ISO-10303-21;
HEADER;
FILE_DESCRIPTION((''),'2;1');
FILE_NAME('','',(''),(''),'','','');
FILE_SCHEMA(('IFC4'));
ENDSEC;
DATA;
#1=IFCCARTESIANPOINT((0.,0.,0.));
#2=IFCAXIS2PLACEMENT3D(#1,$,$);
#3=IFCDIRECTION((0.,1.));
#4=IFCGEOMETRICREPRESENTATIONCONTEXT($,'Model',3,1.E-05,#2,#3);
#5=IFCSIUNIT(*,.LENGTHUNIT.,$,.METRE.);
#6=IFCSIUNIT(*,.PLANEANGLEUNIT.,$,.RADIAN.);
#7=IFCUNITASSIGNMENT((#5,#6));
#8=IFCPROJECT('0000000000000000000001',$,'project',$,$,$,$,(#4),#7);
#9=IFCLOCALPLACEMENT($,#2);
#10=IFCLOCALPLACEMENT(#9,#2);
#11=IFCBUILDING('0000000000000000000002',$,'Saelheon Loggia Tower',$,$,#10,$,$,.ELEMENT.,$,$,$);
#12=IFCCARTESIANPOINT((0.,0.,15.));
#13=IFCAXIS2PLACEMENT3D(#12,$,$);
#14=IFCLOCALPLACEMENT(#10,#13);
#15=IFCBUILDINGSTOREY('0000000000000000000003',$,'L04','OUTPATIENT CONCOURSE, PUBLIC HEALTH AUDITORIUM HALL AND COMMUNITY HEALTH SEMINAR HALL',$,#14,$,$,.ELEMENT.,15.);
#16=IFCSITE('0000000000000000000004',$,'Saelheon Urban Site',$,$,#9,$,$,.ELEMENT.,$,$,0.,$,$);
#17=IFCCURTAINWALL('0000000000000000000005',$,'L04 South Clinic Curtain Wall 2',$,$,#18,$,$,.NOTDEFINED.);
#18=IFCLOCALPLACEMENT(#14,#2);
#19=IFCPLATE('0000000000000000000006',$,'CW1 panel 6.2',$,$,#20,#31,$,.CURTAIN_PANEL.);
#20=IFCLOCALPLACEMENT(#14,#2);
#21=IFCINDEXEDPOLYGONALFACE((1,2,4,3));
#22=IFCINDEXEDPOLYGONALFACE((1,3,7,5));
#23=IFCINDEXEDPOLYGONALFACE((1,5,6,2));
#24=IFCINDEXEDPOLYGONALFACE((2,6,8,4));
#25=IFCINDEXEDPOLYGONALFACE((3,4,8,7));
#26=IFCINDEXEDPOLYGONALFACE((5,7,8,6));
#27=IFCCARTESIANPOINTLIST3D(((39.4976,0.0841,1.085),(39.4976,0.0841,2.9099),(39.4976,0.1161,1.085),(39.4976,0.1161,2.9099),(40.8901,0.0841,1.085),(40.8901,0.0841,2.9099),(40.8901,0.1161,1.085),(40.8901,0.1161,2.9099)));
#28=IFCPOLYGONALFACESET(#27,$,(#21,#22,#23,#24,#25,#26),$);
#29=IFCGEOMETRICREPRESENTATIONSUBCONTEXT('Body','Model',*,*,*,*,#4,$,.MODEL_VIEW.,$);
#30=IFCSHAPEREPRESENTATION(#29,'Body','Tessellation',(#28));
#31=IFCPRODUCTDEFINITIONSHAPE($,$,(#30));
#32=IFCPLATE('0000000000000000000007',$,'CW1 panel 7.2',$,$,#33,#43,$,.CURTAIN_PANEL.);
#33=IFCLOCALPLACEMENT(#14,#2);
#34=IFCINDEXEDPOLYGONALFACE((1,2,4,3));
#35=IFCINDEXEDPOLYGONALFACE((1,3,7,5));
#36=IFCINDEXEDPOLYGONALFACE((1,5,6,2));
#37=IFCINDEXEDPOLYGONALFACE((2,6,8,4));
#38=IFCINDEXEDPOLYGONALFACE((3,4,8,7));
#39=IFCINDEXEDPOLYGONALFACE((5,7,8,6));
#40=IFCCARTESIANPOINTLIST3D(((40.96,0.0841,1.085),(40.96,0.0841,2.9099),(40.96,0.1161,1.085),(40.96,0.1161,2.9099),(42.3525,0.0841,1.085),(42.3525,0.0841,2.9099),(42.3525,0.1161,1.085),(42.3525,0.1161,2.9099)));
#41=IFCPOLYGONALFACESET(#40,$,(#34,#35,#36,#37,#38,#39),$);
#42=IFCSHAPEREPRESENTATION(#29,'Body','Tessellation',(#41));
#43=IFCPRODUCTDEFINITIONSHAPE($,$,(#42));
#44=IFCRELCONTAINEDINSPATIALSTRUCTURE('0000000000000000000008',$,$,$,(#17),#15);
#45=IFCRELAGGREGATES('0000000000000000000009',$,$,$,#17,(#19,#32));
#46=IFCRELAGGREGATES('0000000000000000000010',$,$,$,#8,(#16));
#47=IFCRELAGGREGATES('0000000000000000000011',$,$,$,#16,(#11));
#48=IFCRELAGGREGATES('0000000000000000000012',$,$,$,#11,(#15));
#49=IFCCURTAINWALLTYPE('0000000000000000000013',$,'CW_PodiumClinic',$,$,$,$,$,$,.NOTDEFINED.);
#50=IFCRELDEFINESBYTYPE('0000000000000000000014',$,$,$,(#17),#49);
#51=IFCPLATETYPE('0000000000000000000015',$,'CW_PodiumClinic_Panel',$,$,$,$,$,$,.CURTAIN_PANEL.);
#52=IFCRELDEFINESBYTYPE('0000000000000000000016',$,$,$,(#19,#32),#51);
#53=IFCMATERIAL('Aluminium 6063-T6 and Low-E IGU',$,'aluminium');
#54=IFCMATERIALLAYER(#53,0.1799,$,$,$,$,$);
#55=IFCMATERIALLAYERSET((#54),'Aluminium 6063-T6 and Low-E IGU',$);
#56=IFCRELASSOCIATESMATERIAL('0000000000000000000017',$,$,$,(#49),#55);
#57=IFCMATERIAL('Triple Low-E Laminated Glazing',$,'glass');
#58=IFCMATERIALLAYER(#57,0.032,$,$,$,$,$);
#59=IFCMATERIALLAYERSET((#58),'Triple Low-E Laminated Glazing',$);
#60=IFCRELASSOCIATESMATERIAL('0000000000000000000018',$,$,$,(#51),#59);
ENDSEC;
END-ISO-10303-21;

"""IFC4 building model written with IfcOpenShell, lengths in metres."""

from ifc_helpers import new_model, si_unit, direction, frame, origin, origin_2d, place, context, subcontext, project, spatial, rectangle, extrude, source, transform, mapped, material, layer, layer_set, type_object, element, aggregate, save


model = new_model("IFC4")

# Units and contexts
model_context = context("Model", 3, precision=1e-05, world=origin(), true_north=direction((0.0, 1.0)))
body_context = subcontext(model_context, "Body", "Model", "MODEL_VIEW")
ifc_project = project(units=[si_unit("LENGTHUNIT", "METRE"), si_unit("PLANEANGLEUNIT", "RADIAN")], contexts=[model_context])

# Site, building, storey
site_placement = place(None, origin())
site = spatial("IfcSite", under=ifc_project, at=site_placement, Name="Saelheon Urban Site", CompositionType="ELEMENT", RefElevation=0.0)
building_placement = place(site_placement, origin())
building = spatial("IfcBuilding", under=site, at=building_placement, Name="Saelheon Loggia Tower", CompositionType="ELEMENT")
storey_placement = place(building_placement, frame((0.0, 0.0, 15.0)))
storey = spatial("IfcBuildingStorey", under=building, at=storey_placement, Name="L04", Description="OUTPATIENT CONCOURSE, PUBLIC HEALTH AUDITORIUM HALL AND COMMUNITY HEALTH SEMINAR HALL", CompositionType="ELEMENT", Elevation=15.0)

# Curtain wall
ifc_material_1 = material(Name="Aluminium 6063-T6 and Low-E IGU", Category="aluminium")
ifc_layer_1 = layer(ifc_material_1, 0.1799)
ifc_layer_set_1 = layer_set([ifc_layer_1], Name="Aluminium 6063-T6 and Low-E IGU")
curtain_wall_type = type_object("IfcCurtainWallType", Name="CW_PodiumClinic", PredefinedType="NOTDEFINED", material=ifc_layer_set_1)
curtain_wall_1_placement = place(storey_placement, origin())
curtain_wall_1 = element("IfcCurtainWall", 1, at=curtain_wall_1_placement, inside=storey, type_object=curtain_wall_type, Name="L04 South Clinic Curtain Wall 2", PredefinedType="NOTDEFINED")

# Plates
ifc_material_2 = material(Name="Triple Low-E Laminated Glazing", Category="glass")
ifc_layer_2 = layer(ifc_material_2, 0.032)
ifc_layer_set_2 = layer_set([ifc_layer_2], Name="Triple Low-E Laminated Glazing")
plate_type = type_object("IfcPlateType", Name="CW_PodiumClinic_Panel", PredefinedType="CURTAIN_PANEL", material=ifc_layer_set_2)
shared_shape_1 = source(origin(), body_context, "Body", "SweptSolid", [
    extrude(rectangle(XDim=1.3926, YDim=0.032, at=origin_2d()), origin(), (0.0, 0.0, 1.0), 1.825),
])
plate_1_placement = place(storey_placement, frame((40.1938, 0.1001, 1.085), z_axis=(0.0, 0.0, 1.0), x_axis=(1.0, 0.0, 0.0)))
plate_1 = element("IfcPlate", 2, at=plate_1_placement, type_object=plate_type, Name="CW1 panel 6.2", PredefinedType="CURTAIN_PANEL", context=body_context, shape_type="MappedRepresentation", body=[
    mapped(shared_shape_1, transform((0.0, 0.0, 0.0), scale=1.0)),
])
plate_2_placement = place(storey_placement, frame((41.6562, 0.1001, 1.085), z_axis=(0.0, 0.0, 1.0), x_axis=(1.0, 0.0, 0.0)))
plate_2 = element("IfcPlate", 3, at=plate_2_placement, type_object=plate_type, Name="CW1 panel 7.2", PredefinedType="CURTAIN_PANEL", context=body_context, shape_type="MappedRepresentation", body=[
    mapped(shared_shape_1, transform((0.0, 0.0, 0.0), scale=1.0)),
])
aggregate(curtain_wall_1, [plate_1, plate_2])

save(model, "model.ifc")
